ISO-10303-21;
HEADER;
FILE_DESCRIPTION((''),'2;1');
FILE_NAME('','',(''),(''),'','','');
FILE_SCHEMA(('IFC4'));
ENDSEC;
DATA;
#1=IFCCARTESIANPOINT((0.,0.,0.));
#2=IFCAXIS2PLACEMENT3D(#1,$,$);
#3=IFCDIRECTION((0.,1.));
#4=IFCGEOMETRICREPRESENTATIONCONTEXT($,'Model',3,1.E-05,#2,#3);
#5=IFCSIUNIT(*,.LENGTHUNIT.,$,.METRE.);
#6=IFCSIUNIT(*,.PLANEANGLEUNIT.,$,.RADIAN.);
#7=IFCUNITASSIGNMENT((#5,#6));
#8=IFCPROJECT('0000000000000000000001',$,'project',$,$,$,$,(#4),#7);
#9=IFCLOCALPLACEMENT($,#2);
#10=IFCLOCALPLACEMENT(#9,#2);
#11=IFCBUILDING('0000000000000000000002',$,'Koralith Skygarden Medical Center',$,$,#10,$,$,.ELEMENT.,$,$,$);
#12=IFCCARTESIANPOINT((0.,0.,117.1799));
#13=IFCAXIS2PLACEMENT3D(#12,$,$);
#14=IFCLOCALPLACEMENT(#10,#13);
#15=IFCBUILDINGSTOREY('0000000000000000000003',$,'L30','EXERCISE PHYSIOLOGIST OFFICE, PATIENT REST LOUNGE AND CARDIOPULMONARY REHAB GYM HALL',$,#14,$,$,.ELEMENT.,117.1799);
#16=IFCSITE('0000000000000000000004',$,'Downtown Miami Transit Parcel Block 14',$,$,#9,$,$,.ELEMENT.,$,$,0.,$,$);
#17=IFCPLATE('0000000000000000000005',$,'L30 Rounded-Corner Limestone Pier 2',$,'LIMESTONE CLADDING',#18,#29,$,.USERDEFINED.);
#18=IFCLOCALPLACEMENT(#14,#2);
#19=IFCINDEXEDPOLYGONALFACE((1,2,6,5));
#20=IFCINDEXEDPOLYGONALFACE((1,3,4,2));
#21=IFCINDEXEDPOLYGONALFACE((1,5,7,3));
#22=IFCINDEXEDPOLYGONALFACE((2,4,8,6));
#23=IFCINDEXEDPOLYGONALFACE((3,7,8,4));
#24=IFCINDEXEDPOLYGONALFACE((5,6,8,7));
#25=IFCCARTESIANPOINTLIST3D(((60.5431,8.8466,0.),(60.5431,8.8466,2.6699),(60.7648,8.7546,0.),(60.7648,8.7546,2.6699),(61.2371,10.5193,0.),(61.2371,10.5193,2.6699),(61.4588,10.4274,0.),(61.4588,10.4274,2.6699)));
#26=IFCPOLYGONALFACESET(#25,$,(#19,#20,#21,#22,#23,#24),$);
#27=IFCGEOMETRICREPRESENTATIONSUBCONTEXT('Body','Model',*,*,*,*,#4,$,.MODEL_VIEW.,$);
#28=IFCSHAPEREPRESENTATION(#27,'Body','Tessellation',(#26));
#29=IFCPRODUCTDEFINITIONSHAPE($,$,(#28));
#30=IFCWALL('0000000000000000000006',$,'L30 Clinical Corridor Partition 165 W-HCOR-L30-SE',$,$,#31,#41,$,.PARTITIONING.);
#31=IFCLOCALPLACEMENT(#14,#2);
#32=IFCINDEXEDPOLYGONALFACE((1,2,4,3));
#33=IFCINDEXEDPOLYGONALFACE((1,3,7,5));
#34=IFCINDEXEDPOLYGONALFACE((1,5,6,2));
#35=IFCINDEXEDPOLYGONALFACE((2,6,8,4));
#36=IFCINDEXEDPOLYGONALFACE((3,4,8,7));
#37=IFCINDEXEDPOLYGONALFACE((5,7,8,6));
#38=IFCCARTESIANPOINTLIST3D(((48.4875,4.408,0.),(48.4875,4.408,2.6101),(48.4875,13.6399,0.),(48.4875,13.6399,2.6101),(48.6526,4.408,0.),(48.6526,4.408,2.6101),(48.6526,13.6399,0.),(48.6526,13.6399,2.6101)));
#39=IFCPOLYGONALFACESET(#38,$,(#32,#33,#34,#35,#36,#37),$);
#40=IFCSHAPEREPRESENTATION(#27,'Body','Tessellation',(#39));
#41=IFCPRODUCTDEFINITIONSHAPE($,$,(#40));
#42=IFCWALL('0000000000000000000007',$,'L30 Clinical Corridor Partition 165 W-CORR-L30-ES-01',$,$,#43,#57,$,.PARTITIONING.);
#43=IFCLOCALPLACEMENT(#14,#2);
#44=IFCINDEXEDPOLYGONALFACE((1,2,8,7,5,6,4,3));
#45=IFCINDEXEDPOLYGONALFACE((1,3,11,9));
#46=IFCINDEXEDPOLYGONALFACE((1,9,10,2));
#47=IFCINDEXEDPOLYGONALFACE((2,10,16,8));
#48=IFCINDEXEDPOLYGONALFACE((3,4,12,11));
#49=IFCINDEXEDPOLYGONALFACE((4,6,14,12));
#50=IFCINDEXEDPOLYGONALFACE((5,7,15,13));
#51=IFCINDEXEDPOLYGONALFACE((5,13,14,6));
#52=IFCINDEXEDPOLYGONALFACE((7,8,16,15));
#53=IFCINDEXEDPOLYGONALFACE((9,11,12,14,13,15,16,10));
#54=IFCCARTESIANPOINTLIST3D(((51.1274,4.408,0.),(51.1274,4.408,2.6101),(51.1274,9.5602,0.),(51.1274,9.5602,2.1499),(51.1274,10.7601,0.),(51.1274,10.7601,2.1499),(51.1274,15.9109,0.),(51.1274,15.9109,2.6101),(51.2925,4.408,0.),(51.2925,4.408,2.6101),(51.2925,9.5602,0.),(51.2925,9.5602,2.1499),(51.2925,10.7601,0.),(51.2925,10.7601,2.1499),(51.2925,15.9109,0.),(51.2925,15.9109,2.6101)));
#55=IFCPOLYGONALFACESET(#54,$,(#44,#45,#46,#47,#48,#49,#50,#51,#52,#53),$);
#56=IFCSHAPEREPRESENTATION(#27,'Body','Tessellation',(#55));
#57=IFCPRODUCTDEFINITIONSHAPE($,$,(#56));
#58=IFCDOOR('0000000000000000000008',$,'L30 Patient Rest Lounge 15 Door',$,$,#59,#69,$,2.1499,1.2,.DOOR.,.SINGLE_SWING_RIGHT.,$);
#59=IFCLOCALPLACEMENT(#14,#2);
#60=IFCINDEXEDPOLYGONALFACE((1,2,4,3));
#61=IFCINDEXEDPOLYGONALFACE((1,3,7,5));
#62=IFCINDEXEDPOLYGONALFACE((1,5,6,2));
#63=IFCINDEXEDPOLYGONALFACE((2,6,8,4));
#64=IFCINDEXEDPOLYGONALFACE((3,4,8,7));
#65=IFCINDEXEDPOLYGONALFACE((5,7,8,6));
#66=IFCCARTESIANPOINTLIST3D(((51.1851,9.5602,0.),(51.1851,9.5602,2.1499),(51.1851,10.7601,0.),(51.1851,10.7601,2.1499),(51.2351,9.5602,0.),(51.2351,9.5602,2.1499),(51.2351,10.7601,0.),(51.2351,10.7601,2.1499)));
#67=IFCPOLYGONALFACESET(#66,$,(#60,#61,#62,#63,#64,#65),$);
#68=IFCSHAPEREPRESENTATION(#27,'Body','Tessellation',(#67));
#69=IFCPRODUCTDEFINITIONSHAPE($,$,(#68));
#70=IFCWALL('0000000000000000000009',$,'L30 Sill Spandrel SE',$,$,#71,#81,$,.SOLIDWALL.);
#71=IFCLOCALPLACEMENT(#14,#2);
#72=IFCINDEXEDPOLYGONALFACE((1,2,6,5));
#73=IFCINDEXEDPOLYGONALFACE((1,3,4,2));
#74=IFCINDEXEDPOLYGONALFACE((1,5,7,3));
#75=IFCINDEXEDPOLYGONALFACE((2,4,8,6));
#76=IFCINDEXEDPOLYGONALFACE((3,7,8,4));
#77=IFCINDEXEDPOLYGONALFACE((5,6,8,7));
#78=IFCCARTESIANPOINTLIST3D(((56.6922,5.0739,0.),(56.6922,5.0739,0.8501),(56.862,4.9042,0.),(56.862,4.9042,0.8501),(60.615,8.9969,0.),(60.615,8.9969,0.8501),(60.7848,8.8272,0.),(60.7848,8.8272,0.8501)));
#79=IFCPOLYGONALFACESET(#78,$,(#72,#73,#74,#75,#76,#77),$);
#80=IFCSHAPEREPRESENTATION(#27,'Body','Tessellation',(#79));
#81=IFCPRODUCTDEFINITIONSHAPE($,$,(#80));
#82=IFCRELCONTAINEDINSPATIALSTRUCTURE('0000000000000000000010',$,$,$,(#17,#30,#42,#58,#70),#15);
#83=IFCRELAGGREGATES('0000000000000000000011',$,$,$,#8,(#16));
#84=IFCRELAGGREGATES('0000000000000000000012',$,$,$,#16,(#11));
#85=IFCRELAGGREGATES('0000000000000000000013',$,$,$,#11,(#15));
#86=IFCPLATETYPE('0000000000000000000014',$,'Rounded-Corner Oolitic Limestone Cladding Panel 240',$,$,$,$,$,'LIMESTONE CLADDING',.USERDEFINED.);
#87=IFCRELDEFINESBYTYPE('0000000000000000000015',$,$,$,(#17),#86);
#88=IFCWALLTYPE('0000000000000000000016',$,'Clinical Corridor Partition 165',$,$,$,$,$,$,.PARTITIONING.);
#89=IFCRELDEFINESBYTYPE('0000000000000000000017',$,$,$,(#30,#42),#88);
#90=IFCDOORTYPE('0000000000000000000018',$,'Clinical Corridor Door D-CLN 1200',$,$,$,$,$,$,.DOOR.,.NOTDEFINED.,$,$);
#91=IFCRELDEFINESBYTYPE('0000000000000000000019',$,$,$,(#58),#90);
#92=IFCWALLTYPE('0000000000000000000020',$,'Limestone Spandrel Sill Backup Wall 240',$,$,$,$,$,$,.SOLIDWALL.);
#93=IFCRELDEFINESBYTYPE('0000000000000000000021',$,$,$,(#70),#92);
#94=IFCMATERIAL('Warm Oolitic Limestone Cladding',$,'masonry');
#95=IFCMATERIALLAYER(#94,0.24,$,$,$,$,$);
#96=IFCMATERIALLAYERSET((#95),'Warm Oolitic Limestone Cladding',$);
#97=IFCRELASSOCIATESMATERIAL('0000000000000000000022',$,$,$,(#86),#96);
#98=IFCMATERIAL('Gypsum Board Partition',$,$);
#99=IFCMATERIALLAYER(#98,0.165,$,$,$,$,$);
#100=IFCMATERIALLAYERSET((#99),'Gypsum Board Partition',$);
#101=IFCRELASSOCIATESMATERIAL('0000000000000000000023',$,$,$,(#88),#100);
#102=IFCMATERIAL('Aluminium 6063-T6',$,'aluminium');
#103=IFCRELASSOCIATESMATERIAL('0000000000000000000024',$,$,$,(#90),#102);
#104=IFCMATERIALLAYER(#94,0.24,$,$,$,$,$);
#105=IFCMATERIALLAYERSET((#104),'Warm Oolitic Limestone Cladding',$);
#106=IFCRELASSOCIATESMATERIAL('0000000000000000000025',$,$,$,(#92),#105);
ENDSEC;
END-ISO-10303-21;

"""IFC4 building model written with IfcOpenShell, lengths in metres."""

from ifc_helpers import new_model, si_unit, direction, frame, frame_2d, origin, origin_2d, place, context, subcontext, project, spatial, rectangle, extrude, material, layer, layer_set, type_object, element, fill, save


model = new_model("IFC4")

# Units and contexts
model_context = context("Model", 3, precision=1e-05, world=origin(), true_north=direction((0.0, 1.0)))
body_context = subcontext(model_context, "Body", "Model", "MODEL_VIEW")
ifc_project = project(units=[si_unit("LENGTHUNIT", "METRE"), si_unit("PLANEANGLEUNIT", "RADIAN")], contexts=[model_context])

# Site, building, storey
site_placement = place(None, origin())
site = spatial("IfcSite", under=ifc_project, at=site_placement, Name="Downtown Miami Transit Parcel Block 14", CompositionType="ELEMENT", RefElevation=0.0)
building_placement = place(site_placement, origin())
building = spatial("IfcBuilding", under=site, at=building_placement, Name="Koralith Skygarden Medical Center", CompositionType="ELEMENT")
storey_placement = place(building_placement, frame((0.0, 0.0, 117.1799)))
storey = spatial("IfcBuildingStorey", under=building, at=storey_placement, Name="L30", Description="EXERCISE PHYSIOLOGIST OFFICE, PATIENT REST LOUNGE AND CARDIOPULMONARY REHAB GYM HALL", CompositionType="ELEMENT", Elevation=117.1799)

# Shared definitions
ifc_material_1 = material(Name="Aluminium 6063-T6", Category="aluminium")

# Plate
ifc_material_2 = material(Name="Warm Oolitic Limestone Cladding", Category="masonry")
ifc_layer_1 = layer(ifc_material_2, 0.24)
ifc_layer_set_1 = layer_set([ifc_layer_1], Name="Warm Oolitic Limestone Cladding")
plate_type_1 = type_object("IfcPlateType", Name="Rounded-Corner Oolitic Limestone Cladding Panel 240", ElementType="LIMESTONE CLADDING", PredefinedType="USERDEFINED", material=ifc_layer_set_1)
for number, where, z_axis, x_axis, name in (
    (1, (61.001, 9.637, 0.0), (0.0, 0.0, 1.0), (0.383214, 0.92366, 0.0), "L30 Rounded-Corner Limestone Pier 2"),
):
    element("IfcPlate", number, at=place(storey_placement, frame(where, z_axis=z_axis, x_axis=x_axis)), inside=storey, type_object=plate_type_1, Name=name, ObjectType="LIMESTONE CLADDING", PredefinedType="USERDEFINED", context=body_context, shape_type="SweptSolid", body=[
        extrude(rectangle(XDim=1.811, YDim=0.24, at=origin_2d()), origin(), (0.0, 0.0, 1.0), 2.6699),
    ])

# Wall
ifc_material_3 = material(Name="Gypsum Board Partition")
ifc_layer_2 = layer(ifc_material_3, 0.165)
ifc_layer_set_2 = layer_set([ifc_layer_2], Name="Gypsum Board Partition")
wall_type_1 = type_object("IfcWallType", Name="Clinical Corridor Partition 165", PredefinedType="PARTITIONING", material=ifc_layer_set_2)
wall_1_placement = place(storey_placement, frame((48.5701, 4.408, 0.0), z_axis=(0.0, 0.0, 1.0), x_axis=(0.0, 1.0, 0.0)))
element("IfcWall", 2, at=wall_1_placement, inside=storey, type_object=wall_type_1, Name="L30 Clinical Corridor Partition 165 W-HCOR-L30-SE", PredefinedType="PARTITIONING", context=body_context, shape_type="SweptSolid", body=[
    extrude(rectangle(XDim=9.2319, YDim=0.165, at=frame_2d((4.616, 0.0))), origin(), (0.0, 0.0, 1.0), 2.6101),
])

# Wall, opening, door
wall_2_placement = place(storey_placement, frame((51.21, 4.408, 0.0), z_axis=(0.0, 0.0, 1.0), x_axis=(0.0, 1.0, 0.0)))
wall_2 = element("IfcWall", 3, at=wall_2_placement, inside=storey, type_object=wall_type_1, Name="L30 Clinical Corridor Partition 165 W-CORR-L30-ES-01", PredefinedType="PARTITIONING", context=body_context, shape_type="SweptSolid", body=[
    extrude(rectangle(XDim=11.5029, YDim=0.165, at=frame_2d((5.7515, 0.0))), origin(), (0.0, 0.0, 1.0), 2.6101),
])
opening_placement = place(wall_2_placement, frame((5.1521, 0.0, 0.0)))
opening = element("IfcOpeningElement", 4, at=opening_placement, cuts=wall_2, PredefinedType="OPENING", context=body_context, shape_type="SweptSolid", body=[
    extrude(rectangle(XDim=1.2, YDim=2.1499, at=frame_2d((0.6001, 1.075))), frame((0.0, 0.0925, 0.0), z_axis=(0.0, -1.0, 0.0), x_axis=(1.0, 0.0, 0.0)), (0.0, 0.0, 1.0), 0.1851),
])
door_type = type_object("IfcDoorType", Name="Clinical Corridor Door D-CLN 1200", OperationType="NOTDEFINED", PredefinedType="DOOR", material=ifc_material_1)
door_placement = place(opening_placement, origin())
door = element("IfcDoor", 5, at=door_placement, inside=storey, type_object=door_type, Name="L30 Patient Rest Lounge 15 Door", OperationType="SINGLE_SWING_RIGHT", OverallHeight=2.1499, OverallWidth=1.2, PredefinedType="DOOR", context=body_context, shape_type="SweptSolid", body=[
    extrude(rectangle(XDim=1.2, YDim=2.1499, at=frame_2d((0.6001, 1.075))), frame((0.0, 0.0249, 0.0), z_axis=(0.0, -1.0, 0.0), x_axis=(1.0, 0.0, 0.0)), (0.0, 0.0, 1.0), 0.05),
])
fill(opening, door)

# Wall
ifc_layer_3 = layer(ifc_material_2, 0.24)
ifc_layer_set_3 = layer_set([ifc_layer_3], Name="Warm Oolitic Limestone Cladding")
wall_type_2 = type_object("IfcWallType", Name="Limestone Spandrel Sill Backup Wall 240", PredefinedType="SOLIDWALL", material=ifc_layer_set_3)
wall_3_placement = place(storey_placement, frame((56.7771, 4.989, 0.0), z_axis=(0.0, 0.0, 1.0), x_axis=(0.707085, 0.707129, 0.0)))
element("IfcWall", 6, at=wall_3_placement, inside=storey, type_object=wall_type_2, Name="L30 Sill Spandrel SE", PredefinedType="SOLIDWALL", context=body_context, shape_type="SweptSolid", body=[
    extrude(rectangle(XDim=5.5479, YDim=0.24, at=frame_2d((2.7739, 0.0))), origin(), (0.0, 0.0, 1.0), 0.8501),
])

save(model, "model.ifc")
